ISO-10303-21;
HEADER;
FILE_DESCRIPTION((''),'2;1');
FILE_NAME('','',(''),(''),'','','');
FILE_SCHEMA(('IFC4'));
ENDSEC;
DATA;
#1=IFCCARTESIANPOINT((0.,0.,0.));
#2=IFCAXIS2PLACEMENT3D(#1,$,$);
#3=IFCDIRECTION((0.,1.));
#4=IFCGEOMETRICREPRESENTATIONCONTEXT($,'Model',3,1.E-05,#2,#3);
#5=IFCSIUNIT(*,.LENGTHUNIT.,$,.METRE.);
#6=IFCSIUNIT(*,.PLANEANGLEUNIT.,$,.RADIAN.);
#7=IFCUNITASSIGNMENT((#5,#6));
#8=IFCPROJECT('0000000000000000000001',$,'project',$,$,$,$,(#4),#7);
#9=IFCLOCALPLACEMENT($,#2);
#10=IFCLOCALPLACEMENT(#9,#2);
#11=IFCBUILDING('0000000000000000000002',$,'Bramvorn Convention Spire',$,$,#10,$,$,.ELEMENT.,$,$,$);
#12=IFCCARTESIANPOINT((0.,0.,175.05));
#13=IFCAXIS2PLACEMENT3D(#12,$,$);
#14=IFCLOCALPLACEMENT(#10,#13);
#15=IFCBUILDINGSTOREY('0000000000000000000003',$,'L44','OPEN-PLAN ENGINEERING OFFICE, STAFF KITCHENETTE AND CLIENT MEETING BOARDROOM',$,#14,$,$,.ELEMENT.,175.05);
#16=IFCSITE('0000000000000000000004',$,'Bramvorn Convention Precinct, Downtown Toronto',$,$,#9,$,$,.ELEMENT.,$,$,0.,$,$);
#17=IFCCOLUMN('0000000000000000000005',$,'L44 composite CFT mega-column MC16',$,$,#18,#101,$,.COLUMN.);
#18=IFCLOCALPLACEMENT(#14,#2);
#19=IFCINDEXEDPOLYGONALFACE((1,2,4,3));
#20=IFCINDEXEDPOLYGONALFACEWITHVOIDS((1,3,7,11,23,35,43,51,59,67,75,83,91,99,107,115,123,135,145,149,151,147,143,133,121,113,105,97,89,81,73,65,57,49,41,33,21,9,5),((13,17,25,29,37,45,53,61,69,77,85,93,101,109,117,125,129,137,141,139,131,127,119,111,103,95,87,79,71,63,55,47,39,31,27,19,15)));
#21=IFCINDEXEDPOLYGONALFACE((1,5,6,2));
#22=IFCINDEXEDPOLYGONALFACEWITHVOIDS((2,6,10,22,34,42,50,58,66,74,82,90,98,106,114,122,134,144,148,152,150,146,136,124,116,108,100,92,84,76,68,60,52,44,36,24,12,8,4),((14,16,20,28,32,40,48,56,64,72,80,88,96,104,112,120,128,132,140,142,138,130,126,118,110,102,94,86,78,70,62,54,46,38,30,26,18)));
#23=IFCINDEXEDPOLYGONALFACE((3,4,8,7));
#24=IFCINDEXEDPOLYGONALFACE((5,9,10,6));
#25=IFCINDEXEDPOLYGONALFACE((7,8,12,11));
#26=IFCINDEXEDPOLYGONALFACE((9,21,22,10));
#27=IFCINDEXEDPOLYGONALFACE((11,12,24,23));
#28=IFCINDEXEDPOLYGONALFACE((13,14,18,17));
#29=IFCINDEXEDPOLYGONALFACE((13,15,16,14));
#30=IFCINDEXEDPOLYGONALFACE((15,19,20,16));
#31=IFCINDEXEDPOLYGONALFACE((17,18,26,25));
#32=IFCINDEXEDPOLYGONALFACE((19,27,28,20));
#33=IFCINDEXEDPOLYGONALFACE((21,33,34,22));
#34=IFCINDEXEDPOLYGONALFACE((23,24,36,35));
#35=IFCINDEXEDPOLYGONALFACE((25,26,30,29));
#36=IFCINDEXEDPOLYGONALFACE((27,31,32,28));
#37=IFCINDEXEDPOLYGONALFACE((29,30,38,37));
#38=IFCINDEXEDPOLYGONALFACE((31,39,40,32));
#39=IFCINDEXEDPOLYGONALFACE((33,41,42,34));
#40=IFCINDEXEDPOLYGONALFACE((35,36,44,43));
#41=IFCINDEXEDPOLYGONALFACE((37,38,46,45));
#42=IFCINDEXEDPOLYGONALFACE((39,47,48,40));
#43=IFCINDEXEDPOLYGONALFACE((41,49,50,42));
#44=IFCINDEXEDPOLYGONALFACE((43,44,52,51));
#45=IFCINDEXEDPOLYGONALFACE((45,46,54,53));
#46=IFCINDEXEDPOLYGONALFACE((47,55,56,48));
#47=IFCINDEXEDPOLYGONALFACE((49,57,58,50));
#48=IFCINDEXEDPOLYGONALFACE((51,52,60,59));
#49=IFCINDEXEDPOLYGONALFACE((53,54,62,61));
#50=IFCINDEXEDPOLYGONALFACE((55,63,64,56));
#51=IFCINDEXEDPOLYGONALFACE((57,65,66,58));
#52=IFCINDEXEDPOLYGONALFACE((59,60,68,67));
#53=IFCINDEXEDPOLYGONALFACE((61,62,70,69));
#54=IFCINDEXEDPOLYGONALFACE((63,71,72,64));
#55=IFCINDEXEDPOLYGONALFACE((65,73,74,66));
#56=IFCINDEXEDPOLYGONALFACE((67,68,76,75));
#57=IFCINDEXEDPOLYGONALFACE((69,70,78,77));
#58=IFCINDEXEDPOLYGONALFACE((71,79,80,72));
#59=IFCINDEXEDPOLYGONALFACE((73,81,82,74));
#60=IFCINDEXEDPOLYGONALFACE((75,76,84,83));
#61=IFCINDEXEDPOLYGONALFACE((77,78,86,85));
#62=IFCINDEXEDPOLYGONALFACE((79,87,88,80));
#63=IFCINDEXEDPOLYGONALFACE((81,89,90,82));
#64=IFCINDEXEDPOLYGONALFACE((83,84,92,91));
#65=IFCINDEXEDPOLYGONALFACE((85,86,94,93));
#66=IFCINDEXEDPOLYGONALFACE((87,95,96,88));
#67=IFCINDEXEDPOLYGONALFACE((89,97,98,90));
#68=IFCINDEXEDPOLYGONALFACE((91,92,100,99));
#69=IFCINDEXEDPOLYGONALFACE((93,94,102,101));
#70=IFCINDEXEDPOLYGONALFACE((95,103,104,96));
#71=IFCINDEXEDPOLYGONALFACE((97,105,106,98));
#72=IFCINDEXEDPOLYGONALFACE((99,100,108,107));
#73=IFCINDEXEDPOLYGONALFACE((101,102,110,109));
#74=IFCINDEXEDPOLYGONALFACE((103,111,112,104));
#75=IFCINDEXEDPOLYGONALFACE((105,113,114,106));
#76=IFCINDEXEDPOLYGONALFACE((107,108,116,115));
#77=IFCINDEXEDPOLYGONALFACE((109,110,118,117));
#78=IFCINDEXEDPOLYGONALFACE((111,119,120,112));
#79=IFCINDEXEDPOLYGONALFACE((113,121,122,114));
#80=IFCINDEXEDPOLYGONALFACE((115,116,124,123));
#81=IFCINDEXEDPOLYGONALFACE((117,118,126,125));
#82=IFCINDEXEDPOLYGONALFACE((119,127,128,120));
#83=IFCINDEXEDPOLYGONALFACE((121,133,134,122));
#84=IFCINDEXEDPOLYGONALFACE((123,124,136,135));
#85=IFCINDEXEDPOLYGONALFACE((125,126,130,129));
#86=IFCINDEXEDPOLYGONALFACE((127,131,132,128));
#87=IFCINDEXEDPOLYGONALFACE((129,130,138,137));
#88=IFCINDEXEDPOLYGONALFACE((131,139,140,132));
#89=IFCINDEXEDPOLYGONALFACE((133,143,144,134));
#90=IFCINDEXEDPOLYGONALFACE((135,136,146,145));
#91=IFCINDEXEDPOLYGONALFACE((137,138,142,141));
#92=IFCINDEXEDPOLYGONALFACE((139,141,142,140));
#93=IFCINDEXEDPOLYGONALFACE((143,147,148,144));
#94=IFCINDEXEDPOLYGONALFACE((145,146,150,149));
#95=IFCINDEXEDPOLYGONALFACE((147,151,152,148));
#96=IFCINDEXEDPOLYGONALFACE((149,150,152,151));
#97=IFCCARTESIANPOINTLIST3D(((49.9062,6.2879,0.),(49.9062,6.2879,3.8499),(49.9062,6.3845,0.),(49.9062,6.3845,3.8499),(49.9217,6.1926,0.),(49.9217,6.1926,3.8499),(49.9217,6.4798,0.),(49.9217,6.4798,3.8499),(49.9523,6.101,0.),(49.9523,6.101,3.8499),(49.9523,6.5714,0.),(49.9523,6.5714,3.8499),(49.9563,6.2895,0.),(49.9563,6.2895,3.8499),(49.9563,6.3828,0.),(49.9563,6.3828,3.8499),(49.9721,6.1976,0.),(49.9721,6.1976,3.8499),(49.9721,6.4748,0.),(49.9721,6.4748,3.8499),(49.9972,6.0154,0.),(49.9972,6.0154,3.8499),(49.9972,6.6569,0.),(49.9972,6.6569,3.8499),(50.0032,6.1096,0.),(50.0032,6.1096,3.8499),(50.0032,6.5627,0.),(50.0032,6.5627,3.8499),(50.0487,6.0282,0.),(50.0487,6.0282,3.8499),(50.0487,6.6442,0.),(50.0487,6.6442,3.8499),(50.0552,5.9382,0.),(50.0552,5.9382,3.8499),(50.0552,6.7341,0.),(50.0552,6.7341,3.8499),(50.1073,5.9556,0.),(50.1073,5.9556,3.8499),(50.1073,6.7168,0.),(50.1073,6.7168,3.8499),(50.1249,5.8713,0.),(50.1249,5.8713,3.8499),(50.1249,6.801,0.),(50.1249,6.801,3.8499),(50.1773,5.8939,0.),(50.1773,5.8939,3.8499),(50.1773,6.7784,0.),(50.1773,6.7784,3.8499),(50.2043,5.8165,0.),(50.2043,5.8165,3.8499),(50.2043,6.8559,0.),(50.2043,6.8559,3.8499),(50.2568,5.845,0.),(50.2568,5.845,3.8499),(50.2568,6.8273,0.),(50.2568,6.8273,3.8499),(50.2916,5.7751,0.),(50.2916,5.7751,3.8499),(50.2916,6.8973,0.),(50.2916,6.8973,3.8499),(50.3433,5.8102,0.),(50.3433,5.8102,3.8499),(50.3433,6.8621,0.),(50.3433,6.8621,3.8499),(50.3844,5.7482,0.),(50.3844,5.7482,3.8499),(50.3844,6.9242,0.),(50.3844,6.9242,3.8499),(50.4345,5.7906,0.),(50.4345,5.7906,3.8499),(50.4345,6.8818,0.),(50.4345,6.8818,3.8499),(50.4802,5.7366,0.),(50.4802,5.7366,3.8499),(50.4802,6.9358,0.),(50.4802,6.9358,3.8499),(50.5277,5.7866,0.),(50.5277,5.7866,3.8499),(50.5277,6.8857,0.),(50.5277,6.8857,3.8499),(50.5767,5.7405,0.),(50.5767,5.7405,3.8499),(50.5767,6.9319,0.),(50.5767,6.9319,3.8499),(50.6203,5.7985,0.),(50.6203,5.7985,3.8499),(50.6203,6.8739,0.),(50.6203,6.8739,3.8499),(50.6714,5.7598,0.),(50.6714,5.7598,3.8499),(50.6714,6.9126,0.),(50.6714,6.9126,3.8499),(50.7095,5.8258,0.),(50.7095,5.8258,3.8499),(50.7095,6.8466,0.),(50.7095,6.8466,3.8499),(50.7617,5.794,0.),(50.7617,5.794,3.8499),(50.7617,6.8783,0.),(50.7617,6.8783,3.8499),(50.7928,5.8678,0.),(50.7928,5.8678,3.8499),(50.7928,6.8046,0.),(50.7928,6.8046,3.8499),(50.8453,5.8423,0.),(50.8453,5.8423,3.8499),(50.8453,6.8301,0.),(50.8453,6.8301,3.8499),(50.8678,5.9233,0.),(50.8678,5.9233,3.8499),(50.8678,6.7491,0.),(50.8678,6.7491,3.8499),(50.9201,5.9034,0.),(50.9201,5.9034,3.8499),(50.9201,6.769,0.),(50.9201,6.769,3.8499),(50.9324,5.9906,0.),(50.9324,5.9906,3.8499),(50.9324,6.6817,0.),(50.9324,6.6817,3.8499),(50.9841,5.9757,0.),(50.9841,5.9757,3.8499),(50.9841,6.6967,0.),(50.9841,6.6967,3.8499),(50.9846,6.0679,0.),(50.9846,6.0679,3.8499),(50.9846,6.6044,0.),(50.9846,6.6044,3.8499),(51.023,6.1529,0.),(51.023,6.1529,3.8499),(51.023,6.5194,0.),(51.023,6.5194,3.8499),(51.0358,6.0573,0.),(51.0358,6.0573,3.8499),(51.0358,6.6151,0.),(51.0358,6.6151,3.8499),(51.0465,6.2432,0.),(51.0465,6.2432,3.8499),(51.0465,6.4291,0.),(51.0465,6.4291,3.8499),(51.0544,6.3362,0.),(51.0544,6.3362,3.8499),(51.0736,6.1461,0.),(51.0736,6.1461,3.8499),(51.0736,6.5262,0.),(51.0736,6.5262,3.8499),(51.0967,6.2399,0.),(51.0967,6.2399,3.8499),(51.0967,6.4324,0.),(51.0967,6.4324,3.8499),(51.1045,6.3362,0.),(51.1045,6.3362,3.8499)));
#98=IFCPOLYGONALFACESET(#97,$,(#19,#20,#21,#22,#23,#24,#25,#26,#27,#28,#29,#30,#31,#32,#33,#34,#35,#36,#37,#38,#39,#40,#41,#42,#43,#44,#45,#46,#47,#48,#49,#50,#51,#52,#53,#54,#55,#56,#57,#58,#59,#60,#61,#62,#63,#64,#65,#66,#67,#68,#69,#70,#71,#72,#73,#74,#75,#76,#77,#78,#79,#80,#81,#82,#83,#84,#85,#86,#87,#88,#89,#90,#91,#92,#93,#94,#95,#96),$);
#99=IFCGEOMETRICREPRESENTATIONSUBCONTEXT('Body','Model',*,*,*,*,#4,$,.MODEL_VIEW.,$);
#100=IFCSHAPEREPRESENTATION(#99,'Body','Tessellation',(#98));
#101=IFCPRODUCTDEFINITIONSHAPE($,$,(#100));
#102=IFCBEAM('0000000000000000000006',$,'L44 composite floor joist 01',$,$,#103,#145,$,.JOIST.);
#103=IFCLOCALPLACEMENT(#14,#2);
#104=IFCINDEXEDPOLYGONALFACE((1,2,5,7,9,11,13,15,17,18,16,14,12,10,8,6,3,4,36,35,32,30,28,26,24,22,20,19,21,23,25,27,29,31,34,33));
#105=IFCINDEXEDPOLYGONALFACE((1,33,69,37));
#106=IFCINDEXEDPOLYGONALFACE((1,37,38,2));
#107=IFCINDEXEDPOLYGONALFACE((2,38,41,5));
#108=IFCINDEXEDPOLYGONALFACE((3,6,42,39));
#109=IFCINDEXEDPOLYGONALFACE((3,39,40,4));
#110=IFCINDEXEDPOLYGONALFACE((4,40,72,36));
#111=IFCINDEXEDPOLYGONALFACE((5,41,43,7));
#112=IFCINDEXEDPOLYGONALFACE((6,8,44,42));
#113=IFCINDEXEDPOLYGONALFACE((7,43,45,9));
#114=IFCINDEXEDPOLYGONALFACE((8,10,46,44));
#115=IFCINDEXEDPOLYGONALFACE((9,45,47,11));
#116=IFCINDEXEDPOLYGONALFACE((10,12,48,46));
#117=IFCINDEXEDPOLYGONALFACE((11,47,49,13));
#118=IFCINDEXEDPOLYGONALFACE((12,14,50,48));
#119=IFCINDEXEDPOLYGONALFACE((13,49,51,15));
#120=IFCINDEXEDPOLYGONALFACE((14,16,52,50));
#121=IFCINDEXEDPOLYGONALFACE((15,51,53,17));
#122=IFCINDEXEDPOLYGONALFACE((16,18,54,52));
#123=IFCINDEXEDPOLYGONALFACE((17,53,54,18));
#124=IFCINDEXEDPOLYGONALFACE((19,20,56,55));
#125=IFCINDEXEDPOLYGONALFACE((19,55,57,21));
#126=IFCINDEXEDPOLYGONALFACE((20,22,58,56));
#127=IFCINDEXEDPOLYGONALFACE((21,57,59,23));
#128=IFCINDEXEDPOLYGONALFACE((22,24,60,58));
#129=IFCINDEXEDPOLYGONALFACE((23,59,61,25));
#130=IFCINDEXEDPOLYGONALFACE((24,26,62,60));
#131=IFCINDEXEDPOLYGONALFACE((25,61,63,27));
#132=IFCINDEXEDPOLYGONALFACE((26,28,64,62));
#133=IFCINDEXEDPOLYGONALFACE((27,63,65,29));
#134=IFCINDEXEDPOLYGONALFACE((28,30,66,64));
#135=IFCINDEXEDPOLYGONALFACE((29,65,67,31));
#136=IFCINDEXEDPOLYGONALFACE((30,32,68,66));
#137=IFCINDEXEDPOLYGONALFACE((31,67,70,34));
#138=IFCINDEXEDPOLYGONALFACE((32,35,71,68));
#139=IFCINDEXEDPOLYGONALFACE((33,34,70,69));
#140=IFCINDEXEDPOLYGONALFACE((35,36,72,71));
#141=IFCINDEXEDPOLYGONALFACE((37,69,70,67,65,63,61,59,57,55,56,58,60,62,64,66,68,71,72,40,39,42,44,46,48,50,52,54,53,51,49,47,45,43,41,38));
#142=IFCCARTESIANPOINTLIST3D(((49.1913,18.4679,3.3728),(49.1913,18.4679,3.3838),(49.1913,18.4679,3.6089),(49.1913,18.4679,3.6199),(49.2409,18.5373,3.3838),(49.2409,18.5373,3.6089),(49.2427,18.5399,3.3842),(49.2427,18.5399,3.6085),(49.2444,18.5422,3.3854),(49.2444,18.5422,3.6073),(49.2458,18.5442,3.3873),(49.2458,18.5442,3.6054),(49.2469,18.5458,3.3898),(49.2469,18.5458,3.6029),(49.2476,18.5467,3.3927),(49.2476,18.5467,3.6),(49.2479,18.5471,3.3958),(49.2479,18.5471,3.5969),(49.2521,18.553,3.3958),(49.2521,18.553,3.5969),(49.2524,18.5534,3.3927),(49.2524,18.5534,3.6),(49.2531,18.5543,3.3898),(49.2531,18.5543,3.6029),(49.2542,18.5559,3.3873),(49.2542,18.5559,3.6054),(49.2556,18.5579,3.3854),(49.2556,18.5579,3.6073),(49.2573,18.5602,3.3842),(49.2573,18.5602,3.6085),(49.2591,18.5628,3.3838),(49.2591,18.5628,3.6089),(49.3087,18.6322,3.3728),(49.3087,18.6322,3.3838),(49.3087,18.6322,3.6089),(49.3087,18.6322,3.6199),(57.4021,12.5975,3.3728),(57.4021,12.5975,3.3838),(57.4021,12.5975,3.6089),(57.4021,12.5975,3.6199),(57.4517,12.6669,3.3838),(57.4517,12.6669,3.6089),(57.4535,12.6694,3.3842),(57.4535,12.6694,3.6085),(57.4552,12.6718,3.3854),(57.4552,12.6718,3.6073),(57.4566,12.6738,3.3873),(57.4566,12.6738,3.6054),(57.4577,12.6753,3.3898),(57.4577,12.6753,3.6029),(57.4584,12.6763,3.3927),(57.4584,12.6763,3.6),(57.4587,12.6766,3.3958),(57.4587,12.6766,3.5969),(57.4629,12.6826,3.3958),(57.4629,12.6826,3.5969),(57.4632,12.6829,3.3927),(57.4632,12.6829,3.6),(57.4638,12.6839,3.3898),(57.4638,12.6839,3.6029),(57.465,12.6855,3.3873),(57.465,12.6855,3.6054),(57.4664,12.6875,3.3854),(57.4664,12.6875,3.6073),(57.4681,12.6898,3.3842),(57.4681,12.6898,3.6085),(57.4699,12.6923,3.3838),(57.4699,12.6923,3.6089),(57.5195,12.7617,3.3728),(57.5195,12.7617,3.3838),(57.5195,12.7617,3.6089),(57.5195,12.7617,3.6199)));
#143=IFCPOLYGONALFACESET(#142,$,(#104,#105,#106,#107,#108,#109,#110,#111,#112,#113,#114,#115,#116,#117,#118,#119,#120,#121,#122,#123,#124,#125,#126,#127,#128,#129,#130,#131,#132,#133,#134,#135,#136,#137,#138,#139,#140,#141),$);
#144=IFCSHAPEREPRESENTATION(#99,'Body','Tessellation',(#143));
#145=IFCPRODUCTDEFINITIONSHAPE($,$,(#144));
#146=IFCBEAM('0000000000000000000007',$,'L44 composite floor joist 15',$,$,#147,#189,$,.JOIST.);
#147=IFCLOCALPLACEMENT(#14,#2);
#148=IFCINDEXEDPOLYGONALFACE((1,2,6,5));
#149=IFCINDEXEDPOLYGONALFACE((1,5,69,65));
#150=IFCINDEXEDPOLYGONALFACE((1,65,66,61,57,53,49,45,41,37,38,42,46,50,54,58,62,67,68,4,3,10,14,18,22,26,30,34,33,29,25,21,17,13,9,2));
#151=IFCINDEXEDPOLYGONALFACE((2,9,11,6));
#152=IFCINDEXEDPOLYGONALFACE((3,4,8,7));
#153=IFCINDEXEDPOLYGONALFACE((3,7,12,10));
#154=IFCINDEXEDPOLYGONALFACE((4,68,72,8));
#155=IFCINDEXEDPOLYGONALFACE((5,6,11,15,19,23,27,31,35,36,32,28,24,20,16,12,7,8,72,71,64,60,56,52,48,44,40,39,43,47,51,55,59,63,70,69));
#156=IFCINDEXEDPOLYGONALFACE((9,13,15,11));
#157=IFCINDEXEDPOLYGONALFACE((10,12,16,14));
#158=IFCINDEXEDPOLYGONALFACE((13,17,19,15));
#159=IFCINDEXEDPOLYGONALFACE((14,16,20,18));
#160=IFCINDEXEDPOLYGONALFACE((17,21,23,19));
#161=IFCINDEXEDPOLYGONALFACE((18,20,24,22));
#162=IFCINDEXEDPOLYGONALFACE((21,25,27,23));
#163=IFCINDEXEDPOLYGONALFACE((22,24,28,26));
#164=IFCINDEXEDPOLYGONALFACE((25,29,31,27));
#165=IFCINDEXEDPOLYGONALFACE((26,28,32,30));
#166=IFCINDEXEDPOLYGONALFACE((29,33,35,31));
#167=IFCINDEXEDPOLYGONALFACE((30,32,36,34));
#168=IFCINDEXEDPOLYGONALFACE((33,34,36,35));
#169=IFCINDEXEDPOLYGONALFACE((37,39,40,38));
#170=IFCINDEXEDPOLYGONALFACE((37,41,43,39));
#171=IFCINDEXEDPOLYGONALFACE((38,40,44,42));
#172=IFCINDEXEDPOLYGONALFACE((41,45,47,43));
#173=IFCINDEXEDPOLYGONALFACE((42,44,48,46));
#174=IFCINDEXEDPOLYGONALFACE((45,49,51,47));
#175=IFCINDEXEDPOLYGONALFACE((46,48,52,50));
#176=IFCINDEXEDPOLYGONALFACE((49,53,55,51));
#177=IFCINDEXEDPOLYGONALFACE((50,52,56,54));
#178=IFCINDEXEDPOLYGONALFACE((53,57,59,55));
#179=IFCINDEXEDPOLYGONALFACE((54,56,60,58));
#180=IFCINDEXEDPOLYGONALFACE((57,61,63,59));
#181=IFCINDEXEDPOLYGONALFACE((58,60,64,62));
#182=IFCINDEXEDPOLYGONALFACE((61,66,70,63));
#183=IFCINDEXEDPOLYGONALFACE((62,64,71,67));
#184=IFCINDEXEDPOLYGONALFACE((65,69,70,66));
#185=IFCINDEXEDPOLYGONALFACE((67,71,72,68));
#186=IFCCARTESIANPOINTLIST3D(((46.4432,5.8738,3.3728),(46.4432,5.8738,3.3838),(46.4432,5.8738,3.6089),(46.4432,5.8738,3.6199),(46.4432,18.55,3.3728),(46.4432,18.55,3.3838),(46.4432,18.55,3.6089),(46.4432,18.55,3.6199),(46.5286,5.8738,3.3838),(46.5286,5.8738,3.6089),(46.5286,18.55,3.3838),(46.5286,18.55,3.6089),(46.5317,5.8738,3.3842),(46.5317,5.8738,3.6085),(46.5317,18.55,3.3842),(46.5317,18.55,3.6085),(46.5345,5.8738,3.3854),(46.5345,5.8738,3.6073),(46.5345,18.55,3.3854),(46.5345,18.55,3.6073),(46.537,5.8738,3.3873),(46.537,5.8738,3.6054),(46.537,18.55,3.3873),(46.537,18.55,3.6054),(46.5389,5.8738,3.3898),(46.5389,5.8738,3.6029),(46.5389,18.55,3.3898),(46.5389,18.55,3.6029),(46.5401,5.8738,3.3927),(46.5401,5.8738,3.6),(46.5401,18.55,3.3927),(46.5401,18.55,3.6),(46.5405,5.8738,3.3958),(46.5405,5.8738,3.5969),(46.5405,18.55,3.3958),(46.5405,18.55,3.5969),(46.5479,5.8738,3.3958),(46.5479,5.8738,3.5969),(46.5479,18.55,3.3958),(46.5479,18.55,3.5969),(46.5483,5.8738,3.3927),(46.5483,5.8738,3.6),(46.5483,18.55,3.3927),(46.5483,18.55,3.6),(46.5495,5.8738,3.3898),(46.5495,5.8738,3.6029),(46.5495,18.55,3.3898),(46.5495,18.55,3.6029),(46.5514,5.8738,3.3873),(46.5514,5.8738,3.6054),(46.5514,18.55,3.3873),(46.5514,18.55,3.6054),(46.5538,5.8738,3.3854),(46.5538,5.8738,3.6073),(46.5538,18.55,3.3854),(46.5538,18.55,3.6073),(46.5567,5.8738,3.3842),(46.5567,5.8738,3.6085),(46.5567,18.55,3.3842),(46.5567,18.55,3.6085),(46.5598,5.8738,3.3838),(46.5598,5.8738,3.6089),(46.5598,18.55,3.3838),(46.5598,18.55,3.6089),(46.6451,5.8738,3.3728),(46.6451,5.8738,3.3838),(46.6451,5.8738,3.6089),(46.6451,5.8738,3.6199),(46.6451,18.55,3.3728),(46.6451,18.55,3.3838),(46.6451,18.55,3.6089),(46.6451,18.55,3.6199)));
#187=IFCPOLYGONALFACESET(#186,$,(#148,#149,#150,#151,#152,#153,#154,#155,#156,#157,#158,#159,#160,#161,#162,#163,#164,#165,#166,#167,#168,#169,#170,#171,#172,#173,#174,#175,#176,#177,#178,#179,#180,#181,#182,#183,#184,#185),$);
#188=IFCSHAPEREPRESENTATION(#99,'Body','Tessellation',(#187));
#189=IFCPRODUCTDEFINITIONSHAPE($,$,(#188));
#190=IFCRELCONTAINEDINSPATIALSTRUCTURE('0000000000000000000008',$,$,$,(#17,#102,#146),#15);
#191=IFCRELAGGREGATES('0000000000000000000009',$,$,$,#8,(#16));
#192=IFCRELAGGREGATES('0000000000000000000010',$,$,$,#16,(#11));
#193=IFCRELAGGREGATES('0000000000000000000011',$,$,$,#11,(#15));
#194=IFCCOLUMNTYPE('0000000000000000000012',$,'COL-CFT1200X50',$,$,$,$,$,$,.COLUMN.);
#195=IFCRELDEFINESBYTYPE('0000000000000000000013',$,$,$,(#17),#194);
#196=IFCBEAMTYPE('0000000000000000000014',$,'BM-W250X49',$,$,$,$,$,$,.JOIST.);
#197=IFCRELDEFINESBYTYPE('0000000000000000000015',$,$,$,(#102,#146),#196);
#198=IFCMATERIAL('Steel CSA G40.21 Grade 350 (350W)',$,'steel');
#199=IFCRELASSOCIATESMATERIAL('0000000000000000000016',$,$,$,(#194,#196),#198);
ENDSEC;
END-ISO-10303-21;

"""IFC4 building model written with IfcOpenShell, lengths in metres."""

from ifc_helpers import new_model, si_unit, direction, frame, origin, origin_2d, place, context, subcontext, project, spatial, hollow_circle, i_section, extrude, material, material_profile, profile_set, type_object, element, save


model = new_model("IFC4")

# Units and contexts
model_context = context("Model", 3, precision=1e-05, world=origin(), true_north=direction((0.0, 1.0)))
body_context = subcontext(model_context, "Body", "Model", "MODEL_VIEW")
ifc_project = project(units=[si_unit("LENGTHUNIT", "METRE"), si_unit("PLANEANGLEUNIT", "RADIAN")], contexts=[model_context])

# Site, building, storey
site_placement = place(None, origin())
site = spatial("IfcSite", under=ifc_project, at=site_placement, Name="Bramvorn Convention Precinct, Downtown Toronto", CompositionType="ELEMENT", RefElevation=0.0)
building_placement = place(site_placement, origin())
building = spatial("IfcBuilding", under=site, at=building_placement, Name="Bramvorn Convention Spire", CompositionType="ELEMENT")
storey_placement = place(building_placement, frame((0.0, 0.0, 175.05)))
storey = spatial("IfcBuildingStorey", under=building, at=storey_placement, Name="L44", Description="OPEN-PLAN ENGINEERING OFFICE, STAFF KITCHENETTE AND CLIENT MEETING BOARDROOM", CompositionType="ELEMENT", Elevation=175.05)

# Column
ifc_material_1 = material(Name="Steel CSA G40.21 Grade 350 (350W)", Category="steel")
ifc_material_profile_1 = material_profile(ifc_material_1, hollow_circle(Radius=0.6001, WallThickness=0.05, at=origin_2d()))
ifc_profile_set_1 = profile_set([ifc_material_profile_1], Name="Steel CSA G40.21 Grade 350 (350W) - CFT1200X50")
column_type = type_object("IfcColumnType", Name="COL-CFT1200X50", PredefinedType="COLUMN", material=ifc_profile_set_1)
for number, where, z_axis, x_axis, name in (
    (1, (50.5044, 6.3362, 0.0), (0.0, 0.0, 1.0), (1.0, 0.0, 0.0), "L44 composite CFT mega-column MC16"),
):
    element("IfcColumn", number, at=place(storey_placement, frame(where, z_axis=z_axis, x_axis=x_axis)), inside=storey, type_object=column_type, Name=name, PredefinedType="COLUMN", context=body_context, shape_type="SweptSolid", body=[
        extrude(hollow_circle(Radius=0.6001, WallThickness=0.05, at=origin_2d()), origin(), (0.0, 0.0, 1.0), 3.8499),
    ])

# Beams
ifc_material_profile_2 = material_profile(ifc_material_1, i_section(OverallWidth=0.2019, OverallDepth=0.2471, WebThickness=0.0073, FlangeThickness=0.011, FilletRadius=0.012, at=origin_2d()))
ifc_profile_set_2 = profile_set([ifc_material_profile_2], Name="Steel CSA G40.21 Grade 350 (350W) - W250X49")
beam_type_1 = type_object("IfcBeamType", Name="BM-W250X49", PredefinedType="JOIST", material=ifc_profile_set_2)
beam_1_placement = place(storey_placement, frame((49.25, 18.55, 3.4963), z_axis=(0.813472, -0.581604, 0.0), x_axis=(0.581604, 0.813472, 0.0)))
element("IfcBeam", 2, at=beam_1_placement, inside=storey, type_object=beam_type_1, Name="L44 composite floor joist 01", PredefinedType="JOIST", context=body_context, shape_type="SweptSolid", body=[
    extrude(i_section(OverallWidth=0.2019, OverallDepth=0.2471, WebThickness=0.0073, FlangeThickness=0.011, FilletRadius=0.012, at=origin_2d()), origin(), (0.0, 0.0, 1.0), 10.0935),
])
beam_2_placement = place(storey_placement, frame((46.5442, 18.55, 3.4963), z_axis=(0.0, -1.0, 0.0), x_axis=(1.0, 0.0, 0.0)))
element("IfcBeam", 3, at=beam_2_placement, inside=storey, type_object=beam_type_1, Name="L44 composite floor joist 15", PredefinedType="JOIST", context=body_context, shape_type="SweptSolid", body=[
    extrude(i_section(OverallWidth=0.2019, OverallDepth=0.2471, WebThickness=0.0073, FlangeThickness=0.011, FilletRadius=0.012, at=origin_2d()), origin(), (0.0, 0.0, 1.0), 12.6763),
])

save(model, "model.ifc")
